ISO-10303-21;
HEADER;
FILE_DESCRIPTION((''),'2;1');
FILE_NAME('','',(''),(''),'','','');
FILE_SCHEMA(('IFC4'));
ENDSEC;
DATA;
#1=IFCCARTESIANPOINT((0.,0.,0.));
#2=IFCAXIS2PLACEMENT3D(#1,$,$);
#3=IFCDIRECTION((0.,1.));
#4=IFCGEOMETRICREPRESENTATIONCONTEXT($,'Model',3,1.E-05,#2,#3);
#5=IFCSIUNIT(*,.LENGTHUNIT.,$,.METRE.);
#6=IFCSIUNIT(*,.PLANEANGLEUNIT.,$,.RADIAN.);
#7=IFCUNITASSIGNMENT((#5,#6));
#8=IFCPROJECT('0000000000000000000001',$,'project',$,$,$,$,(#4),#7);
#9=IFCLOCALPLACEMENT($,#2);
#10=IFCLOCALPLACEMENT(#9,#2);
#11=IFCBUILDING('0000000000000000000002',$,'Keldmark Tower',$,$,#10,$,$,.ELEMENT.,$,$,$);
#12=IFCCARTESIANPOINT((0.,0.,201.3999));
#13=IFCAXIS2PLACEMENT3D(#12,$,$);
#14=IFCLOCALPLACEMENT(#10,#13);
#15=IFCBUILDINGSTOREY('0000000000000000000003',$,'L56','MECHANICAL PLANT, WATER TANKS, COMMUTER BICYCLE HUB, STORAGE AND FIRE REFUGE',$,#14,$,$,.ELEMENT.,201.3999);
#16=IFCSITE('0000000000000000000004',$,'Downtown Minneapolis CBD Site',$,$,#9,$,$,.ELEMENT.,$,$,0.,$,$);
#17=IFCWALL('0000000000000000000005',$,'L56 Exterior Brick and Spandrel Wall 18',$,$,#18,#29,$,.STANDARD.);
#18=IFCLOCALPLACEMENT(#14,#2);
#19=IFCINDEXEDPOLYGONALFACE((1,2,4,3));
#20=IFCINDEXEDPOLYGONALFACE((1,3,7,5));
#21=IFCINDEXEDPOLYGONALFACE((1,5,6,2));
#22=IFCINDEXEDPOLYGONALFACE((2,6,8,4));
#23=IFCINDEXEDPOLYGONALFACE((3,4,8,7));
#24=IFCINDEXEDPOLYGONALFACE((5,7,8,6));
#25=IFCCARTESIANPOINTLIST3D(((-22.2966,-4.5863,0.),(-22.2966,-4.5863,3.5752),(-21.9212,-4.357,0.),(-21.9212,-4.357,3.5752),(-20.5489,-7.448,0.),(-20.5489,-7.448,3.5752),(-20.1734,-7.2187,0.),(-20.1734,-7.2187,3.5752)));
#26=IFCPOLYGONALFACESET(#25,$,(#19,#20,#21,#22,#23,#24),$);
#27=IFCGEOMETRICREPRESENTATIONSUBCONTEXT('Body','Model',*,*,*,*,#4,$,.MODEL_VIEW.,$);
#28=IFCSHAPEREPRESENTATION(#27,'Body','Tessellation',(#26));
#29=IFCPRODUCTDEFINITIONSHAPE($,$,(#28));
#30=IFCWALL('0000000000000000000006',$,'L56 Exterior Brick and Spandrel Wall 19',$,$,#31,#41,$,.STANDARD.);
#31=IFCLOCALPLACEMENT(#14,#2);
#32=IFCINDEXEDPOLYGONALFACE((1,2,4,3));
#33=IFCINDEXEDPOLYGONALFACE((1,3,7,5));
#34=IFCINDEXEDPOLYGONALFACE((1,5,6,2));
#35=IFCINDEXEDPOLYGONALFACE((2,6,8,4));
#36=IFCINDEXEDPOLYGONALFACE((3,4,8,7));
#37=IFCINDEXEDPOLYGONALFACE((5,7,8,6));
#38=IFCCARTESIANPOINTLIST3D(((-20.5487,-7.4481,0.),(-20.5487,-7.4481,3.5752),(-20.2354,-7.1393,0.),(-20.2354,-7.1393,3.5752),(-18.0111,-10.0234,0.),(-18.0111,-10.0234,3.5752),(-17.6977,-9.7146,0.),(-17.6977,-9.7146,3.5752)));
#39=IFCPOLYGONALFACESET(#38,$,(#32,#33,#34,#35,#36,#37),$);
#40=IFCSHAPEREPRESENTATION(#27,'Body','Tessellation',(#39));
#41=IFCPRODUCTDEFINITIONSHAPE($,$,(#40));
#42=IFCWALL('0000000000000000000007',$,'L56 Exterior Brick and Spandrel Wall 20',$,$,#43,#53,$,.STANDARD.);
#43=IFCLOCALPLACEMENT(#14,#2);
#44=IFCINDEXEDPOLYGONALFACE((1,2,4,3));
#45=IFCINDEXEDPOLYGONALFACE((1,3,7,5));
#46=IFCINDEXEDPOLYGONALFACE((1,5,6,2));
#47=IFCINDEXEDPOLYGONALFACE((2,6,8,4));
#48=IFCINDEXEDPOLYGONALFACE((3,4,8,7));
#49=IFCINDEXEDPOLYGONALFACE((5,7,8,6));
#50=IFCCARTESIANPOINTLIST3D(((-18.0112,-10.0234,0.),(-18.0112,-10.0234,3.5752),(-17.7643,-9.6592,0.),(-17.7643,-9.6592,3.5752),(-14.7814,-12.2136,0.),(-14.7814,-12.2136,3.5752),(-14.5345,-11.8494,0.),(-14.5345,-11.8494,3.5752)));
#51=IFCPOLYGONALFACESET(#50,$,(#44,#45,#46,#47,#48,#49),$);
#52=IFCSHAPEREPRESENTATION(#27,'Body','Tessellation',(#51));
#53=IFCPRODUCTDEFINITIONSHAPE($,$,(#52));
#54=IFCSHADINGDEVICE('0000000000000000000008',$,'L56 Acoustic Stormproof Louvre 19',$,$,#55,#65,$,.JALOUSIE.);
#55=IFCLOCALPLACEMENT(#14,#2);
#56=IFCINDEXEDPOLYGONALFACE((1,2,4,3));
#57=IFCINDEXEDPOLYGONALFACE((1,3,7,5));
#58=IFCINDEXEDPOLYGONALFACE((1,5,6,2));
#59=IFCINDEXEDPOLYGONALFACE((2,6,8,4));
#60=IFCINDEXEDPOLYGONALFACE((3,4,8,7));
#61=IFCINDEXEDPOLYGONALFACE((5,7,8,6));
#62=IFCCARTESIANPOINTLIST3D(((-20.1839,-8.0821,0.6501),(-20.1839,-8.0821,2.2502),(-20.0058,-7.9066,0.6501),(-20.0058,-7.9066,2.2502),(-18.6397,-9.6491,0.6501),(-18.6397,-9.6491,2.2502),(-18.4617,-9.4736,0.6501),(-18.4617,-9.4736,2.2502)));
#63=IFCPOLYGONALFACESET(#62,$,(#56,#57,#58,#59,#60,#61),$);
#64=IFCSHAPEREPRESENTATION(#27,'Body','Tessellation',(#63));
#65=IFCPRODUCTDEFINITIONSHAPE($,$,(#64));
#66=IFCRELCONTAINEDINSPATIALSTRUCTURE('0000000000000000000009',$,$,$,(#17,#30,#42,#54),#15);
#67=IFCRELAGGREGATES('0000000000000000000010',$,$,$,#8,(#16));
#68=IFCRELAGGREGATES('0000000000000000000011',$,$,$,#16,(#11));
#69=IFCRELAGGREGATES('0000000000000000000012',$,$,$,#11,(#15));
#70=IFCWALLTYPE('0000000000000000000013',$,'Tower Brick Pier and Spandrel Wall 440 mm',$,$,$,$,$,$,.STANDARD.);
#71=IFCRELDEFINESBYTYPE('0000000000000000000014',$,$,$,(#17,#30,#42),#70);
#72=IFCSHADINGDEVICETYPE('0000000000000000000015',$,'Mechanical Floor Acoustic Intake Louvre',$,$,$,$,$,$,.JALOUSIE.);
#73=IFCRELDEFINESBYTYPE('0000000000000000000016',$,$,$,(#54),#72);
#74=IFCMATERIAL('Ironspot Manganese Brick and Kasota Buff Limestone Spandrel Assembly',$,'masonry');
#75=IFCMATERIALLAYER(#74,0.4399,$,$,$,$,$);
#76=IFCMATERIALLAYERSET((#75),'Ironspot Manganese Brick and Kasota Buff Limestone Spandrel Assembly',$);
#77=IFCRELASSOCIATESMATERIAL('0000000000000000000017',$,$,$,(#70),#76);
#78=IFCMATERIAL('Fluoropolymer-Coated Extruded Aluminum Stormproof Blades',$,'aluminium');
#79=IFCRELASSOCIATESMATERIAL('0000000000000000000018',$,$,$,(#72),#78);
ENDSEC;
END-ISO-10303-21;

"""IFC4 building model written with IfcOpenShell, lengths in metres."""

from ifc_helpers import new_model, si_unit, direction, frame, frame_2d, origin, origin_2d, place, context, subcontext, project, spatial, rectangle, extrude, material, layer, layer_set, type_object, element, save


model = new_model("IFC4")

# Units and contexts
model_context = context("Model", 3, precision=1e-05, world=origin(), true_north=direction((0.0, 1.0)))
body_context = subcontext(model_context, "Body", "Model", "MODEL_VIEW")
ifc_project = project(units=[si_unit("LENGTHUNIT", "METRE"), si_unit("PLANEANGLEUNIT", "RADIAN")], contexts=[model_context])

# Site, building, storey
site_placement = place(None, origin())
site = spatial("IfcSite", under=ifc_project, at=site_placement, Name="Downtown Minneapolis CBD Site", CompositionType="ELEMENT", RefElevation=0.0)
building_placement = place(site_placement, origin())
building = spatial("IfcBuilding", under=site, at=building_placement, Name="Keldmark Tower", CompositionType="ELEMENT")
storey_placement = place(building_placement, frame((0.0, 0.0, 201.3999)))
storey = spatial("IfcBuildingStorey", under=building, at=storey_placement, Name="L56", Description="MECHANICAL PLANT, WATER TANKS, COMMUTER BICYCLE HUB, STORAGE AND FIRE REFUGE", CompositionType="ELEMENT", Elevation=201.3999)

# Walls
ifc_material_1 = material(Name="Ironspot Manganese Brick and Kasota Buff Limestone Spandrel Assembly", Category="masonry")
ifc_layer_1 = layer(ifc_material_1, 0.4399)
ifc_layer_set_1 = layer_set([ifc_layer_1], Name="Ironspot Manganese Brick and Kasota Buff Limestone Spandrel Assembly")
wall_type_1 = type_object("IfcWallType", Name="Tower Brick Pier and Spandrel Wall 440 mm", PredefinedType="STANDARD", material=ifc_layer_set_1)
wall_1_placement = place(storey_placement, frame((-20.3611, -7.3335, 0.0), z_axis=(0.0, 0.0, 1.0), x_axis=(-0.521214, 0.853426, 0.0)))
element("IfcWall", 1, at=wall_1_placement, inside=storey, type_object=wall_type_1, Name="L56 Exterior Brick and Spandrel Wall 18", PredefinedType="STANDARD", context=body_context, shape_type="SweptSolid", body=[
    extrude(rectangle(XDim=3.3533, YDim=0.4399, at=frame_2d((1.6768, 0.0))), origin(), (0.0, 0.0, 1.0), 3.5752),
])
wall_2_placement = place(storey_placement, frame((-17.8545, -9.8689, 0.0), z_axis=(0.0, 0.0, 1.0), x_axis=(-0.701888, 0.712287, 0.0)))
element("IfcWall", 2, at=wall_2_placement, inside=storey, type_object=wall_type_1, Name="L56 Exterior Brick and Spandrel Wall 19", PredefinedType="STANDARD", context=body_context, shape_type="SweptSolid", body=[
    extrude(rectangle(XDim=3.6155, YDim=0.4399, at=frame_2d((1.8076, 0.0))), origin(), (0.0, 0.0, 1.0), 3.5752),
])
wall_3_placement = place(storey_placement, frame((-14.658, -12.0315, 0.0), z_axis=(0.0, 0.0, 1.0), x_axis=(-0.827645, 0.561252, 0.0)))
element("IfcWall", 3, at=wall_3_placement, inside=storey, type_object=wall_type_1, Name="L56 Exterior Brick and Spandrel Wall 20", PredefinedType="STANDARD", context=body_context, shape_type="SweptSolid", body=[
    extrude(rectangle(XDim=3.9023, YDim=0.4399, at=frame_2d((1.9512, 0.0))), origin(), (0.0, 0.0, 1.0), 3.5752),
])

# Shading device
ifc_material_2 = material(Name="Fluoropolymer-Coated Extruded Aluminum Stormproof Blades", Category="aluminium")
shading_device_type = type_object("IfcShadingDeviceType", Name="Mechanical Floor Acoustic Intake Louvre", PredefinedType="JALOUSIE", material=ifc_material_2)
shading_device_placement = place(storey_placement, frame((-19.3228, -8.7778, 0.6501), z_axis=(0.0, 0.0, 1.0), x_axis=(0.701892, -0.712283, 0.0)))
element("IfcShadingDevice", 4, at=shading_device_placement, inside=storey, type_object=shading_device_type, Name="L56 Acoustic Stormproof Louvre 19", PredefinedType="JALOUSIE", context=body_context, shape_type="SweptSolid", body=[
    extrude(rectangle(XDim=2.2, YDim=0.25, at=origin_2d()), origin(), (0.0, 0.0, 1.0), 1.6001),
])

save(model, "model.ifc")
